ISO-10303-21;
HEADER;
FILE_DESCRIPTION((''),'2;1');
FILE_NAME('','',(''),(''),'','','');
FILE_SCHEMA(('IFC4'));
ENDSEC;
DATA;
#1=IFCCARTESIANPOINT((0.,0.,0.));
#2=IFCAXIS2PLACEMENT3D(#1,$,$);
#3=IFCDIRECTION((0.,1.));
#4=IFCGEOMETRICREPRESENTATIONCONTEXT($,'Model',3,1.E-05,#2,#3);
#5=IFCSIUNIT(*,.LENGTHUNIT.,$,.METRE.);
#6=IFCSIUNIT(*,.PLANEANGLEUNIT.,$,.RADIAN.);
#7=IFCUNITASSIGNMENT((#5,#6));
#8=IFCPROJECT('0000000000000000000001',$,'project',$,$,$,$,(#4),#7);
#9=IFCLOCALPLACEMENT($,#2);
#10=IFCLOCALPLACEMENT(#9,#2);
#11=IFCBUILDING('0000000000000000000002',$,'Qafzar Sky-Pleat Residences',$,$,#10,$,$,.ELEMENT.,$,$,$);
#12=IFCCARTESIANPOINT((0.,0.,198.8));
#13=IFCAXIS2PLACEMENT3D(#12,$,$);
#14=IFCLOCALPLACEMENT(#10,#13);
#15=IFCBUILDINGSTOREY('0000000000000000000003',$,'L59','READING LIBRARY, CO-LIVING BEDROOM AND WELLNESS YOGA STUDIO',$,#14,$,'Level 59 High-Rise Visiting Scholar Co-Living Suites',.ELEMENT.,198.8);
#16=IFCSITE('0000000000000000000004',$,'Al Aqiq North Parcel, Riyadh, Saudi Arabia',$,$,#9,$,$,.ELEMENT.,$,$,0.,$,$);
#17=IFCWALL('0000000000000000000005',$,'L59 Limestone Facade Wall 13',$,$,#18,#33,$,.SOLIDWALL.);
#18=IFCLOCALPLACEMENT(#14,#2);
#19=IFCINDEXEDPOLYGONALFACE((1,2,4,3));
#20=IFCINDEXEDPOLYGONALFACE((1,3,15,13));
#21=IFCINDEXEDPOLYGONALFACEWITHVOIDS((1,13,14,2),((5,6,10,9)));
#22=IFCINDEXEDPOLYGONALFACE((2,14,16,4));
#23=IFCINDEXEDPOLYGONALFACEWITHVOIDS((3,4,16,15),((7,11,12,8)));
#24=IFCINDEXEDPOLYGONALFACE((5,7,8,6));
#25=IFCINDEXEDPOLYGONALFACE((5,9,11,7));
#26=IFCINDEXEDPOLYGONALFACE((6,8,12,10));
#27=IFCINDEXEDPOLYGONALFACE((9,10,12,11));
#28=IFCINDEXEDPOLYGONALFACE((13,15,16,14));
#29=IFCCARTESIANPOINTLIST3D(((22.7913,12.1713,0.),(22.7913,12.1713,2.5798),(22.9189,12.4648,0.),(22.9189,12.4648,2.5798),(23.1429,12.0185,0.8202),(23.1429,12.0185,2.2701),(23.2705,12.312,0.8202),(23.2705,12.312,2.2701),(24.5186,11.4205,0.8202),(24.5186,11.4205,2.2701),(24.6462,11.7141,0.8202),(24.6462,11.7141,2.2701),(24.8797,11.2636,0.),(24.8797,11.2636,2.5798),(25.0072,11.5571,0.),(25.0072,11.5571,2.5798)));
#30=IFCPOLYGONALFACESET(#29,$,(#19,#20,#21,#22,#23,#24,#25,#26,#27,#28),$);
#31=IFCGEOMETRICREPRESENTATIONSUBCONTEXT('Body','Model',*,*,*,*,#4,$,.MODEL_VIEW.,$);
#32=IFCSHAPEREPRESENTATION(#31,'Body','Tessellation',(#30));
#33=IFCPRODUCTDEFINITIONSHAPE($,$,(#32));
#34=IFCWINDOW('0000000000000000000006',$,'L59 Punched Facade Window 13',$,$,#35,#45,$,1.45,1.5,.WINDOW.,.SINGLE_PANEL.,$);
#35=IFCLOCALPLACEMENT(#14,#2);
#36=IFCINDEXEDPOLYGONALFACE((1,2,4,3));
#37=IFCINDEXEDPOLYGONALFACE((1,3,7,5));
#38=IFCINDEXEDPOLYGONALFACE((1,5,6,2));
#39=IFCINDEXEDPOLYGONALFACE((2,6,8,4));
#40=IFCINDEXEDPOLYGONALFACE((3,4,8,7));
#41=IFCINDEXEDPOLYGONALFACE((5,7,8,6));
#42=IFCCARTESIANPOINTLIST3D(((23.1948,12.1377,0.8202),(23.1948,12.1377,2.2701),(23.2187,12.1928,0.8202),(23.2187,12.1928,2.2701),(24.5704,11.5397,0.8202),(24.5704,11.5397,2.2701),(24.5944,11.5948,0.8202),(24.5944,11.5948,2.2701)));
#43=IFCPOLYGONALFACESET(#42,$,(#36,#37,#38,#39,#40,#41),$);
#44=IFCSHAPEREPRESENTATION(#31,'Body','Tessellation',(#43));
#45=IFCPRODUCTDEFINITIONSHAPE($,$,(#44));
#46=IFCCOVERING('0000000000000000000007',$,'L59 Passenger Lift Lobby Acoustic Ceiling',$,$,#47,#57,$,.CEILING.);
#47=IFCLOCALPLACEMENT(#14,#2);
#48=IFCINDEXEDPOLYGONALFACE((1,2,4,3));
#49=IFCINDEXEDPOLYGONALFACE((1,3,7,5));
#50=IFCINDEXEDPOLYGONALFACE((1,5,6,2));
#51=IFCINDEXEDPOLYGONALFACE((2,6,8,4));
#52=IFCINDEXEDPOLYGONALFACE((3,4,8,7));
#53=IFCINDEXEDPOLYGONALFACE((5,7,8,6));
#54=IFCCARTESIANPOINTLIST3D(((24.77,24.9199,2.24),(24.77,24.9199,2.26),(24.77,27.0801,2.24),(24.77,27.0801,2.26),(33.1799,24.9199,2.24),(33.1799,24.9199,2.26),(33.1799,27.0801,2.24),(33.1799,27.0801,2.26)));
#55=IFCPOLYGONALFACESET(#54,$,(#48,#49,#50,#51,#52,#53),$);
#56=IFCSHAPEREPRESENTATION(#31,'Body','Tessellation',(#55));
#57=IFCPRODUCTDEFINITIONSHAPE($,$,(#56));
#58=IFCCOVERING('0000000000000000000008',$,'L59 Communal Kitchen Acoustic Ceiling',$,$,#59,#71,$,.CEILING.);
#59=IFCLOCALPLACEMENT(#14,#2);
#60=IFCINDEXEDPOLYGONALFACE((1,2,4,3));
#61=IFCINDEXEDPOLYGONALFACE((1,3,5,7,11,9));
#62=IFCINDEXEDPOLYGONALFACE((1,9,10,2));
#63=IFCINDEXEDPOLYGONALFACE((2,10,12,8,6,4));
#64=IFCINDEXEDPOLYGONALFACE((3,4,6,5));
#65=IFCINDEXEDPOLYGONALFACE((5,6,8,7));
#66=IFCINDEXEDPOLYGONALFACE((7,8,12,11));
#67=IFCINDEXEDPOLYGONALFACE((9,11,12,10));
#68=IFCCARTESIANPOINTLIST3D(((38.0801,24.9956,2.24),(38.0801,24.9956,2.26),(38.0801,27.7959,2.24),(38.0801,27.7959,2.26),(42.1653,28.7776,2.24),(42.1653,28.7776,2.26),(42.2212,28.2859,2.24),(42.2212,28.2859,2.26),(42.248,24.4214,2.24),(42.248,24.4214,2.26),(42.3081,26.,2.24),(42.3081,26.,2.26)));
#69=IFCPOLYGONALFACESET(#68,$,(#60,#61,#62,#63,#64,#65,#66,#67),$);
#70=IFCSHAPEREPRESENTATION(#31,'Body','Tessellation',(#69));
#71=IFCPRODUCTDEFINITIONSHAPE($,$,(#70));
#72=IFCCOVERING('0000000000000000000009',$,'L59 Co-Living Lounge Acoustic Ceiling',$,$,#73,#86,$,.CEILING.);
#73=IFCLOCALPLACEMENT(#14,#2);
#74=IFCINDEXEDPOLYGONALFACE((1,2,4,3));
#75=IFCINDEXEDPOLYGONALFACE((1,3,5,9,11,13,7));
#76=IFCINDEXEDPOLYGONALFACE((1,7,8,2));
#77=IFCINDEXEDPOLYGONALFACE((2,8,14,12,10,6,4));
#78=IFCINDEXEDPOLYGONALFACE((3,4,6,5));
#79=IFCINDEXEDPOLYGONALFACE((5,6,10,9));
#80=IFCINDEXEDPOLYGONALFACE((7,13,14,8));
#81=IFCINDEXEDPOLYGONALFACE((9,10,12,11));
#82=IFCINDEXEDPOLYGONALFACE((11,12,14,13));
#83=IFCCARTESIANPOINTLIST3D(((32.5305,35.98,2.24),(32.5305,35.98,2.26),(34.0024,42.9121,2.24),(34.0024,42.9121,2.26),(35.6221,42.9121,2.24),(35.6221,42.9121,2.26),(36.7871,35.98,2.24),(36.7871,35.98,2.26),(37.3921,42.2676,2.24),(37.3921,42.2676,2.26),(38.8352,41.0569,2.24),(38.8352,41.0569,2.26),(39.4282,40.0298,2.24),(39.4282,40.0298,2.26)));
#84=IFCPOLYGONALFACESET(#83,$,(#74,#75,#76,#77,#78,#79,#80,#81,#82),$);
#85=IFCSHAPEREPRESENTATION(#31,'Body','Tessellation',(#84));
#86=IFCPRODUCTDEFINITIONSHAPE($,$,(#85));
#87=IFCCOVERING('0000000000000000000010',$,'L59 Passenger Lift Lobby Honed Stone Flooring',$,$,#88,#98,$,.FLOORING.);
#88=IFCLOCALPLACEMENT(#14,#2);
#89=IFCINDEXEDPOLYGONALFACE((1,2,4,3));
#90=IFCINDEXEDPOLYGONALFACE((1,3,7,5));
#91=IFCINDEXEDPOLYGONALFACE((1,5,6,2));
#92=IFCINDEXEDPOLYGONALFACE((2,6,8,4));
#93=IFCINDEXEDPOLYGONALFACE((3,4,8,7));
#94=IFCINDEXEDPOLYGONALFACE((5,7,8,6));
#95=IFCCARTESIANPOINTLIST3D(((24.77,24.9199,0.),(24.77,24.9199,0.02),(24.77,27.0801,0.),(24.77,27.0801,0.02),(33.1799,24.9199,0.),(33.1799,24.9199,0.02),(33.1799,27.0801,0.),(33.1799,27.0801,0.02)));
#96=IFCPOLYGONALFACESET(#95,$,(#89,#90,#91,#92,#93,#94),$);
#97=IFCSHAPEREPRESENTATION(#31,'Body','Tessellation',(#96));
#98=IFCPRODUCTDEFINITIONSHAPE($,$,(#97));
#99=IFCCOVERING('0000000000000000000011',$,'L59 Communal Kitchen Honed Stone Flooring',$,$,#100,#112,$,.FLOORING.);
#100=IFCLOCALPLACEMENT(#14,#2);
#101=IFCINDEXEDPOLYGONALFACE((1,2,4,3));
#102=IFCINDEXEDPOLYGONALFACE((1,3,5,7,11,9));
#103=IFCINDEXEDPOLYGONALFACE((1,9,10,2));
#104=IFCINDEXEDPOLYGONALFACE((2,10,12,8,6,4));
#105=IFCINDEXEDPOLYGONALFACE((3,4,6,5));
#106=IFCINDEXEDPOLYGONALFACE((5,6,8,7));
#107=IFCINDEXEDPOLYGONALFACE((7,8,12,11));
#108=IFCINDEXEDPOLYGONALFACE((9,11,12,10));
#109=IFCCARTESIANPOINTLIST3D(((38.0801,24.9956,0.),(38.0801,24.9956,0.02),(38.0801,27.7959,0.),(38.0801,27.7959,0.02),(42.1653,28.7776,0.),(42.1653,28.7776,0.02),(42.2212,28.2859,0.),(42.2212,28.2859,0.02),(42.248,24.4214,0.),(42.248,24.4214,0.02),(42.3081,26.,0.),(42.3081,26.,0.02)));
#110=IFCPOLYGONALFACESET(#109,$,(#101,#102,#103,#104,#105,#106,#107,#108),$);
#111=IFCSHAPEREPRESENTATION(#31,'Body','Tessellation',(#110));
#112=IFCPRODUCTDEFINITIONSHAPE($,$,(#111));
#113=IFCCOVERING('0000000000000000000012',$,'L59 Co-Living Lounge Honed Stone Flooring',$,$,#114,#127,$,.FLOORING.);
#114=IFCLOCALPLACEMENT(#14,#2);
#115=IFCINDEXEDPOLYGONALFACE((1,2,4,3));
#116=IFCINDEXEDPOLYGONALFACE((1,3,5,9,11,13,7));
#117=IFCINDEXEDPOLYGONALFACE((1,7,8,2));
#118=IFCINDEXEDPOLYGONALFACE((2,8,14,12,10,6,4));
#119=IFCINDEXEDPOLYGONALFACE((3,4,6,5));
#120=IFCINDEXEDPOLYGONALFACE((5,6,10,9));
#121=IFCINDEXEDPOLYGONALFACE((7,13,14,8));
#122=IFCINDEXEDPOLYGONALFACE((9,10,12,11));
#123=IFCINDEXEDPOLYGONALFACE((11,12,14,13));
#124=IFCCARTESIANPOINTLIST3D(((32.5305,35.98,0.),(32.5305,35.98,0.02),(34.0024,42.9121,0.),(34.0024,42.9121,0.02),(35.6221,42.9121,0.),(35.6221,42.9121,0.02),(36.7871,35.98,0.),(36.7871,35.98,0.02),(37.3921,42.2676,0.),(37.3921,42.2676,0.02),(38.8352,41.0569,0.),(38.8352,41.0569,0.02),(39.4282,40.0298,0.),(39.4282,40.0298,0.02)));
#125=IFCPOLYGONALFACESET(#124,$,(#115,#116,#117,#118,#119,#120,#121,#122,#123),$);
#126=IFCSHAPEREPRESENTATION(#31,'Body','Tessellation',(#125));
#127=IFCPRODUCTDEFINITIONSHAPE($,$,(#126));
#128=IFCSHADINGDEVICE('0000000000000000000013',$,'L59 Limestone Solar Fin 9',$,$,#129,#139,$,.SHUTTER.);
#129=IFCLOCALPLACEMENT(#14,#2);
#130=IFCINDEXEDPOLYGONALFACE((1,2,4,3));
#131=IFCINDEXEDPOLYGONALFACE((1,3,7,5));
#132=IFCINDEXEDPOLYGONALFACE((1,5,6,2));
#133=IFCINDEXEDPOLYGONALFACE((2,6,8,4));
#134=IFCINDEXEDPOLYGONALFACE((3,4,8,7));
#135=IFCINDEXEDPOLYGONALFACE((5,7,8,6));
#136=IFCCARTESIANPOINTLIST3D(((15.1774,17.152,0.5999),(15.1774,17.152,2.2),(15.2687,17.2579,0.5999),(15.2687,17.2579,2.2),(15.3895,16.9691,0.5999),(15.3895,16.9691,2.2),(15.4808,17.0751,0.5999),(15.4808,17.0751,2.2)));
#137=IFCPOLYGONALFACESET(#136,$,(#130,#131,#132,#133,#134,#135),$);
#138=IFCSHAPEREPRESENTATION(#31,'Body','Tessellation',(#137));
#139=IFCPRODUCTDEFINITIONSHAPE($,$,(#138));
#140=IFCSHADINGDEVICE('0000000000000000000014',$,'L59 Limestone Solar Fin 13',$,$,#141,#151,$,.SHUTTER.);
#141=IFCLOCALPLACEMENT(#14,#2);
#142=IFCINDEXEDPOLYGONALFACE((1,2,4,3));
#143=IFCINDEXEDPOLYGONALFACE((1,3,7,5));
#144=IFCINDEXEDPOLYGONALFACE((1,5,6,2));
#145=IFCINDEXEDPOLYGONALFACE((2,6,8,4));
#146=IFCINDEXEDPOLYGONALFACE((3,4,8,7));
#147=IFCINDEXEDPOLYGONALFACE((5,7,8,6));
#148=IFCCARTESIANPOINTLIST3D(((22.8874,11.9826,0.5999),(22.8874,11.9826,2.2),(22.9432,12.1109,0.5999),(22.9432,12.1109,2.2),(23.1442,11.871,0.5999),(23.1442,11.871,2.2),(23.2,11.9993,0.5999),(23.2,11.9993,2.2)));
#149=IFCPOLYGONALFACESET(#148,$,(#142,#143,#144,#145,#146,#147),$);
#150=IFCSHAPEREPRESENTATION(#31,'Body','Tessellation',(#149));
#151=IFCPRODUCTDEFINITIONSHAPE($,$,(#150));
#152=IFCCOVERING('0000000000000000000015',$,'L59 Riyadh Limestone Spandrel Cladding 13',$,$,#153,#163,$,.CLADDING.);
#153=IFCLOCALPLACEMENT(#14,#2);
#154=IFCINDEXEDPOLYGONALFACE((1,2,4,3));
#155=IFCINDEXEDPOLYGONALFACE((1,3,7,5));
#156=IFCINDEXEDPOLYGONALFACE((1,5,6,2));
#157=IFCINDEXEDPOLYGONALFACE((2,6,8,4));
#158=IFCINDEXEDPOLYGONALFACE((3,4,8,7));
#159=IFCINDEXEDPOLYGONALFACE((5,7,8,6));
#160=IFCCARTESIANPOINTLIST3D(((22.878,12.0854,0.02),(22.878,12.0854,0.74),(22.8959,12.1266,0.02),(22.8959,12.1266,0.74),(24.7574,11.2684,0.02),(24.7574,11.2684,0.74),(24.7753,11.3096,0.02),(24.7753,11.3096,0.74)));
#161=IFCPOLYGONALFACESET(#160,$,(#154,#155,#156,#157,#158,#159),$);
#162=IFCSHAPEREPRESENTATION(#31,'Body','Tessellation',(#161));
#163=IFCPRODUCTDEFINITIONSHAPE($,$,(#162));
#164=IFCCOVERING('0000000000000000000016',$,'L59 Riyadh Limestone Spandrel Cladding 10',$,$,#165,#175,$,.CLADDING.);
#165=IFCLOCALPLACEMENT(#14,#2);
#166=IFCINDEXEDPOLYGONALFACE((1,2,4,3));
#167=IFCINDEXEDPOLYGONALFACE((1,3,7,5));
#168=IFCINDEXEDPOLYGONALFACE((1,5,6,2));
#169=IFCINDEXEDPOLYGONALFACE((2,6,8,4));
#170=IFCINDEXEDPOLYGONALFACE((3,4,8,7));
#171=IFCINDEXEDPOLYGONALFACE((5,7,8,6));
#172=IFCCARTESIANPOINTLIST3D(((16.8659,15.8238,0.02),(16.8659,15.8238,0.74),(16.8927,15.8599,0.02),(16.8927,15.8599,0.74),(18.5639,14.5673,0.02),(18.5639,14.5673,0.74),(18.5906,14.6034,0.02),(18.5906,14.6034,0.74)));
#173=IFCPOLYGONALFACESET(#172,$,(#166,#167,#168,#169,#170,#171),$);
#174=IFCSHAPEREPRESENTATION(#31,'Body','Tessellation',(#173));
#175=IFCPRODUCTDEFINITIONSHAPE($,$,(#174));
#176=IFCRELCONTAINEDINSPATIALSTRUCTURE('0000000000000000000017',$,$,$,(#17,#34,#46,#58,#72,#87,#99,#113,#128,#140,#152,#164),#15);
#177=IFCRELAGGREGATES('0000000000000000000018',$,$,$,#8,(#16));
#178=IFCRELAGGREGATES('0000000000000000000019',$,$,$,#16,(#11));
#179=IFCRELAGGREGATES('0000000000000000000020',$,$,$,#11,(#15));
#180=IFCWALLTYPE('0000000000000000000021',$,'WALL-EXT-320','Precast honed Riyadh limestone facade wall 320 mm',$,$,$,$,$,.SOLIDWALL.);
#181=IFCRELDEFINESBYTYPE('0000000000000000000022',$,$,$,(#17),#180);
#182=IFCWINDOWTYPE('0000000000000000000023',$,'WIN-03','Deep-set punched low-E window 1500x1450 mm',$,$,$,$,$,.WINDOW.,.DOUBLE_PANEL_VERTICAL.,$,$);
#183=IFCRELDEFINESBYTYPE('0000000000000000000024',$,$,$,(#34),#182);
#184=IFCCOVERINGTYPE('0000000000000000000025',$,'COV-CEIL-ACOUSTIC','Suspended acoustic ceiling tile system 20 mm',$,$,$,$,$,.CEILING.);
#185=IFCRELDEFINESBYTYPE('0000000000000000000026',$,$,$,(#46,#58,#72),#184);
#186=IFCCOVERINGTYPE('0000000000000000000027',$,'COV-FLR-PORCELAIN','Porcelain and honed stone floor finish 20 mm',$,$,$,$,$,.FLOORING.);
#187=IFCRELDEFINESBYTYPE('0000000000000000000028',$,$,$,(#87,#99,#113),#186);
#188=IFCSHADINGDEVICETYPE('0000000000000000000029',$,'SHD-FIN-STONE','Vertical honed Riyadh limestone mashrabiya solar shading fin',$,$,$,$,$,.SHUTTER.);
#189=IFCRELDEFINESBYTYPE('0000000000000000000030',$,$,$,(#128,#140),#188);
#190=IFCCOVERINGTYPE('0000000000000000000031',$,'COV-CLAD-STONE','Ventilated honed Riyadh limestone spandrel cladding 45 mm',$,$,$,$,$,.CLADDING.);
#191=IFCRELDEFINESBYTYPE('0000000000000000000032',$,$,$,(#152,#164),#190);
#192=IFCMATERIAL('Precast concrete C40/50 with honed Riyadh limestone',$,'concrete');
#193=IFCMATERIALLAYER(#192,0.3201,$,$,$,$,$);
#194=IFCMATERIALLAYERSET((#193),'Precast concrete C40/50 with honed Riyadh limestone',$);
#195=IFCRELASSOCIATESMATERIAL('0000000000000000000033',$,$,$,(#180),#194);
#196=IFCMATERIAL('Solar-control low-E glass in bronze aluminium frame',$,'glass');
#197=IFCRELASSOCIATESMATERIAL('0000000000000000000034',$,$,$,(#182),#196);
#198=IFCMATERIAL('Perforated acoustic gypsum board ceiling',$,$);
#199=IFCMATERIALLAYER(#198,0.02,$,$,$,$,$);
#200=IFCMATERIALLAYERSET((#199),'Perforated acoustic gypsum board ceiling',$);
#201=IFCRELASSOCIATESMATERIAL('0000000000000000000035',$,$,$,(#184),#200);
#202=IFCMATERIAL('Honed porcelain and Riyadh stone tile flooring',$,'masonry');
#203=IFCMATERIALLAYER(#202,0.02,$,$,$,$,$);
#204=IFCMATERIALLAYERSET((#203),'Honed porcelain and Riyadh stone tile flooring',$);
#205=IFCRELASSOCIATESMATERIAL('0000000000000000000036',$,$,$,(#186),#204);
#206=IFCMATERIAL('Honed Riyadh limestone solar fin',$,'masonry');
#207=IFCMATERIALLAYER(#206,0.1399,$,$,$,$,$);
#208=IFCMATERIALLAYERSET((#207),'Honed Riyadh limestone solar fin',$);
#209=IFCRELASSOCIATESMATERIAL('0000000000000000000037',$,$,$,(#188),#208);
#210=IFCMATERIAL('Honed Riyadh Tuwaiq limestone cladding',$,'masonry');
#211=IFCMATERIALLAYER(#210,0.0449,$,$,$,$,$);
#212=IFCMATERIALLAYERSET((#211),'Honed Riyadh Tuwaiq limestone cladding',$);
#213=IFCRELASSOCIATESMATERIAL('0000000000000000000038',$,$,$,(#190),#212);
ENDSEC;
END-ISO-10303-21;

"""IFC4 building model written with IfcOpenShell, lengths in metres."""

from ifc_helpers import new_model, si_unit, direction, frame, frame_2d, origin, origin_2d, place, context, subcontext, project, spatial, polyline, rectangle, outline, extrude, source, transform, mapped, material, layer, layer_set, type_object, element, fill, save


model = new_model("IFC4")

# Units and contexts
model_context = context("Model", 3, precision=1e-05, world=origin(), true_north=direction((0.0, 1.0)))
body_context = subcontext(model_context, "Body", "Model", "MODEL_VIEW")
ifc_project = project(units=[si_unit("LENGTHUNIT", "METRE"), si_unit("PLANEANGLEUNIT", "RADIAN")], contexts=[model_context])

# Site, building, storey
site_placement = place(None, origin())
site = spatial("IfcSite", under=ifc_project, at=site_placement, Name="Al Aqiq North Parcel, Riyadh, Saudi Arabia", CompositionType="ELEMENT", RefElevation=0.0)
building_placement = place(site_placement, origin())
building = spatial("IfcBuilding", under=site, at=building_placement, Name="Qafzar Sky-Pleat Residences", CompositionType="ELEMENT")
storey_placement = place(building_placement, frame((0.0, 0.0, 198.8)))
storey = spatial("IfcBuildingStorey", under=building, at=storey_placement, Name="L59", Description="READING LIBRARY, CO-LIVING BEDROOM AND WELLNESS YOGA STUDIO", LongName="Level 59 High-Rise Visiting Scholar Co-Living Suites", CompositionType="ELEMENT", Elevation=198.8)

# Wall, opening, window
ifc_material_1 = material(Name="Precast concrete C40/50 with honed Riyadh limestone", Category="concrete")
ifc_layer_1 = layer(ifc_material_1, 0.3201)
ifc_layer_set_1 = layer_set([ifc_layer_1], Name="Precast concrete C40/50 with honed Riyadh limestone")
wall_type_1 = type_object("IfcWallType", Name="WALL-EXT-320", Description="Precast honed Riyadh limestone facade wall 320 mm", PredefinedType="SOLIDWALL", material=ifc_layer_set_1)
ifc_material_2 = material(Name="Solar-control low-E glass in bronze aluminium frame", Category="glass")
wall_1_placement = place(storey_placement, frame((22.855, 12.3181, 0.0), z_axis=(0.0, 0.0, 1.0), x_axis=(0.917114, -0.398624, 0.0)))
wall_1 = element("IfcWall", 1, at=wall_1_placement, inside=storey, type_object=wall_type_1, Name="L59 Limestone Facade Wall 13", PredefinedType="SOLIDWALL", context=body_context, shape_type="SweptSolid", body=[
    extrude(rectangle(XDim=2.2771, YDim=0.3201, at=frame_2d((1.1387, 0.0))), origin(), (0.0, 0.0, 1.0), 2.5798),
])
opening_1_placement = place(wall_1_placement, frame((0.3835, 0.0, 0.8201)))
opening_1 = element("IfcOpeningElement", 2, at=opening_1_placement, cuts=wall_1, PredefinedType="OPENING", context=body_context, shape_type="SweptSolid", body=[
    extrude(rectangle(XDim=1.5, YDim=1.45, at=frame_2d((0.75, 0.7251))), frame((0.0, 0.1699, 0.0), z_axis=(0.0, -1.0, 0.0), x_axis=(1.0, 0.0, 0.0)), (0.0, 0.0, 1.0), 0.3401),
])
window_type_1 = type_object("IfcWindowType", Name="WIN-03", Description="Deep-set punched low-E window 1500x1450 mm", PartitioningType="DOUBLE_PANEL_VERTICAL", PredefinedType="WINDOW", material=ifc_material_2)
shared_shape_1 = source(origin(), body_context, "Body", "SweptSolid", [
    extrude(rectangle(XDim=1.5, YDim=1.45, at=frame_2d((0.75, 0.7251))), frame((0.0, 0.03, 0.0), z_axis=(0.0, -1.0, 0.0), x_axis=(1.0, 0.0, 0.0)), (0.0, 0.0, 1.0), 0.0601),
])
window_1_placement = place(opening_1_placement, origin())
window_1 = element("IfcWindow", 3, at=window_1_placement, inside=storey, type_object=window_type_1, Name="L59 Punched Facade Window 13", OverallHeight=1.45, OverallWidth=1.5, PartitioningType="SINGLE_PANEL", PredefinedType="WINDOW", context=body_context, shape_type="MappedRepresentation", body=[
    mapped(shared_shape_1, transform((0.0, 0.0, 0.0), x_axis=(1.0, 0.0, 0.0), y_axis=(0.0, 1.0, 0.0), z_axis=(0.0, 0.0, 1.0), scale=1.0)),
])
fill(opening_1, window_1)

# Coverings
ifc_material_3 = material(Name="Perforated acoustic gypsum board ceiling")
ifc_layer_2 = layer(ifc_material_3, 0.02)
ifc_layer_set_2 = layer_set([ifc_layer_2], Name="Perforated acoustic gypsum board ceiling")
covering_type_1 = type_object("IfcCoveringType", Name="COV-CEIL-ACOUSTIC", Description="Suspended acoustic ceiling tile system 20 mm", PredefinedType="CEILING", material=ifc_layer_set_2)
covering_1_placement = place(storey_placement, frame((0.0, 0.0, 2.24)))
element("IfcCovering", 4, at=covering_1_placement, inside=storey, type_object=covering_type_1, Name="L59 Passenger Lift Lobby Acoustic Ceiling", PredefinedType="CEILING", context=body_context, shape_type="SweptSolid", body=[
    extrude(outline(polyline([(33.1799, 24.9199), (24.77, 24.9199), (24.77, 27.0801), (33.1799, 27.0801), (33.1799, 24.9199)])), origin(), (0.0, 0.0, 1.0), 0.02),
])
covering_2_placement = place(storey_placement, frame((0.0, 0.0, 2.24)))
element("IfcCovering", 5, at=covering_2_placement, inside=storey, type_object=covering_type_1, Name="L59 Communal Kitchen Acoustic Ceiling", PredefinedType="CEILING", context=body_context, shape_type="SweptSolid", body=[
    extrude(outline(polyline([(42.2212, 28.2859), (42.3081, 26.0), (42.248, 24.4214), (38.0801, 24.9956), (38.0801, 27.7959), (42.1653, 28.7776), (42.2212, 28.2859)])), origin(), (0.0, 0.0, 1.0), 0.02),
])
covering_3_placement = place(storey_placement, frame((0.0, 0.0, 2.24)))
element("IfcCovering", 6, at=covering_3_placement, inside=storey, type_object=covering_type_1, Name="L59 Co-Living Lounge Acoustic Ceiling", PredefinedType="CEILING", context=body_context, shape_type="SweptSolid", body=[
    extrude(outline(polyline([(35.6221, 42.9121), (37.3921, 42.2676), (38.8352, 41.0569), (39.4282, 40.0298), (36.7871, 35.98), (32.5305, 35.98), (34.0024, 42.9121), (35.6221, 42.9121)])), origin(), (0.0, 0.0, 1.0), 0.02),
])
ifc_material_4 = material(Name="Honed porcelain and Riyadh stone tile flooring", Category="masonry")
ifc_layer_3 = layer(ifc_material_4, 0.02)
ifc_layer_set_3 = layer_set([ifc_layer_3], Name="Honed porcelain and Riyadh stone tile flooring")
covering_type_2 = type_object("IfcCoveringType", Name="COV-FLR-PORCELAIN", Description="Porcelain and honed stone floor finish 20 mm", PredefinedType="FLOORING", material=ifc_layer_set_3)
covering_4_placement = place(storey_placement, origin())
element("IfcCovering", 7, at=covering_4_placement, inside=storey, type_object=covering_type_2, Name="L59 Passenger Lift Lobby Honed Stone Flooring", PredefinedType="FLOORING", context=body_context, shape_type="SweptSolid", body=[
    extrude(outline(polyline([(33.1799, 24.9199), (24.77, 24.9199), (24.77, 27.0801), (33.1799, 27.0801), (33.1799, 24.9199)])), origin(), (0.0, 0.0, 1.0), 0.02),
])
covering_5_placement = place(storey_placement, origin())
element("IfcCovering", 8, at=covering_5_placement, inside=storey, type_object=covering_type_2, Name="L59 Communal Kitchen Honed Stone Flooring", PredefinedType="FLOORING", context=body_context, shape_type="SweptSolid", body=[
    extrude(outline(polyline([(42.2212, 28.2859), (42.3081, 26.0), (42.248, 24.4214), (38.0801, 24.9956), (38.0801, 27.7959), (42.1653, 28.7776), (42.2212, 28.2859)])), origin(), (0.0, 0.0, 1.0), 0.02),
])
covering_6_placement = place(storey_placement, origin())
element("IfcCovering", 9, at=covering_6_placement, inside=storey, type_object=covering_type_2, Name="L59 Co-Living Lounge Honed Stone Flooring", PredefinedType="FLOORING", context=body_context, shape_type="SweptSolid", body=[
    extrude(outline(polyline([(35.6221, 42.9121), (37.3921, 42.2676), (38.8352, 41.0569), (39.4282, 40.0298), (36.7871, 35.98), (32.5305, 35.98), (34.0024, 42.9121), (35.6221, 42.9121)])), origin(), (0.0, 0.0, 1.0), 0.02),
])

# Shading devices
ifc_material_5 = material(Name="Honed Riyadh limestone solar fin", Category="masonry")
ifc_layer_4 = layer(ifc_material_5, 0.1399)
ifc_layer_set_4 = layer_set([ifc_layer_4], Name="Honed Riyadh limestone solar fin")
shading_device_type = type_object("IfcShadingDeviceType", Name="SHD-FIN-STONE", Description="Vertical honed Riyadh limestone mashrabiya solar shading fin", PredefinedType="SHUTTER", material=ifc_layer_set_4)
shared_shape_2 = source(origin(), body_context, "Body", "SweptSolid", [
    extrude(rectangle(XDim=0.1399, YDim=0.28, at=origin_2d()), origin(), (0.0, 0.0, 1.0), 1.6001),
])
for number, where, z_axis, x_axis, name in (
    (10, (15.3291, 17.1135, 0.5999), (0.0, 0.0, 1.0), (-0.652866, -0.757474, 0.0), "L59 Limestone Solar Fin 9"),
    (11, (23.0437, 11.991, 0.5999), (0.0, 0.0, 1.0), (-0.398671, -0.917094, 0.0), "L59 Limestone Solar Fin 13"),
):
    element("IfcShadingDevice", number, at=place(storey_placement, frame(where, z_axis=z_axis, x_axis=x_axis)), inside=storey, type_object=shading_device_type, Name=name, PredefinedType="SHUTTER", context=body_context, shape_type="MappedRepresentation", body=[
        mapped(shared_shape_2, transform((0.0, 0.0, 0.0), x_axis=(1.0, 0.0, 0.0), y_axis=(0.0, 1.0, 0.0), z_axis=(0.0, 0.0, 1.0), scale=1.0)),
    ])

# Coverings
ifc_material_6 = material(Name="Honed Riyadh Tuwaiq limestone cladding", Category="masonry")
ifc_layer_5 = layer(ifc_material_6, 0.0449)
ifc_layer_set_5 = layer_set([ifc_layer_5], Name="Honed Riyadh Tuwaiq limestone cladding")
covering_type_3 = type_object("IfcCoveringType", Name="COV-CLAD-STONE", Description="Ventilated honed Riyadh limestone spandrel cladding 45 mm", PredefinedType="CLADDING", material=ifc_layer_set_5)
shared_shape_3 = source(origin(), body_context, "Body", "SweptSolid", [
    extrude(rectangle(XDim=2.0493, YDim=0.0449, at=origin_2d()), origin(), (0.0, 0.0, 1.0), 0.72),
])
covering_7_placement = place(storey_placement, frame((23.8267, 11.6975, 0.02), z_axis=(0.0, 0.0, 1.0), x_axis=(0.917088, -0.398684, 0.0)))
element("IfcCovering", 12, at=covering_7_placement, inside=storey, type_object=covering_type_3, Name="L59 Riyadh Limestone Spandrel Cladding 13", PredefinedType="CLADDING", context=body_context, shape_type="MappedRepresentation", body=[
    mapped(shared_shape_3, transform((0.0, 0.0, 0.0), x_axis=(1.0, 0.0, 0.0), y_axis=(0.0, 1.0, 0.0), z_axis=(0.0, 0.0, 1.0), scale=1.0)),
])
shared_shape_4 = source(origin(), body_context, "Body", "SweptSolid", [
    extrude(rectangle(XDim=2.1123, YDim=0.0449, at=origin_2d()), origin(), (0.0, 0.0, 1.0), 0.72),
])
covering_8_placement = place(storey_placement, frame((17.7283, 15.2136, 0.02), z_axis=(0.0, 0.0, 1.0), x_axis=(0.803839, -0.594847, 0.0)))
element("IfcCovering", 13, at=covering_8_placement, inside=storey, type_object=covering_type_3, Name="L59 Riyadh Limestone Spandrel Cladding 10", PredefinedType="CLADDING", context=body_context, shape_type="MappedRepresentation", body=[
    mapped(shared_shape_4, transform((0.0, 0.0, 0.0), x_axis=(1.0, 0.0, 0.0), y_axis=(0.0, 1.0, 0.0), z_axis=(0.0, 0.0, 1.0), scale=1.0)),
])

save(model, "model.ifc")
